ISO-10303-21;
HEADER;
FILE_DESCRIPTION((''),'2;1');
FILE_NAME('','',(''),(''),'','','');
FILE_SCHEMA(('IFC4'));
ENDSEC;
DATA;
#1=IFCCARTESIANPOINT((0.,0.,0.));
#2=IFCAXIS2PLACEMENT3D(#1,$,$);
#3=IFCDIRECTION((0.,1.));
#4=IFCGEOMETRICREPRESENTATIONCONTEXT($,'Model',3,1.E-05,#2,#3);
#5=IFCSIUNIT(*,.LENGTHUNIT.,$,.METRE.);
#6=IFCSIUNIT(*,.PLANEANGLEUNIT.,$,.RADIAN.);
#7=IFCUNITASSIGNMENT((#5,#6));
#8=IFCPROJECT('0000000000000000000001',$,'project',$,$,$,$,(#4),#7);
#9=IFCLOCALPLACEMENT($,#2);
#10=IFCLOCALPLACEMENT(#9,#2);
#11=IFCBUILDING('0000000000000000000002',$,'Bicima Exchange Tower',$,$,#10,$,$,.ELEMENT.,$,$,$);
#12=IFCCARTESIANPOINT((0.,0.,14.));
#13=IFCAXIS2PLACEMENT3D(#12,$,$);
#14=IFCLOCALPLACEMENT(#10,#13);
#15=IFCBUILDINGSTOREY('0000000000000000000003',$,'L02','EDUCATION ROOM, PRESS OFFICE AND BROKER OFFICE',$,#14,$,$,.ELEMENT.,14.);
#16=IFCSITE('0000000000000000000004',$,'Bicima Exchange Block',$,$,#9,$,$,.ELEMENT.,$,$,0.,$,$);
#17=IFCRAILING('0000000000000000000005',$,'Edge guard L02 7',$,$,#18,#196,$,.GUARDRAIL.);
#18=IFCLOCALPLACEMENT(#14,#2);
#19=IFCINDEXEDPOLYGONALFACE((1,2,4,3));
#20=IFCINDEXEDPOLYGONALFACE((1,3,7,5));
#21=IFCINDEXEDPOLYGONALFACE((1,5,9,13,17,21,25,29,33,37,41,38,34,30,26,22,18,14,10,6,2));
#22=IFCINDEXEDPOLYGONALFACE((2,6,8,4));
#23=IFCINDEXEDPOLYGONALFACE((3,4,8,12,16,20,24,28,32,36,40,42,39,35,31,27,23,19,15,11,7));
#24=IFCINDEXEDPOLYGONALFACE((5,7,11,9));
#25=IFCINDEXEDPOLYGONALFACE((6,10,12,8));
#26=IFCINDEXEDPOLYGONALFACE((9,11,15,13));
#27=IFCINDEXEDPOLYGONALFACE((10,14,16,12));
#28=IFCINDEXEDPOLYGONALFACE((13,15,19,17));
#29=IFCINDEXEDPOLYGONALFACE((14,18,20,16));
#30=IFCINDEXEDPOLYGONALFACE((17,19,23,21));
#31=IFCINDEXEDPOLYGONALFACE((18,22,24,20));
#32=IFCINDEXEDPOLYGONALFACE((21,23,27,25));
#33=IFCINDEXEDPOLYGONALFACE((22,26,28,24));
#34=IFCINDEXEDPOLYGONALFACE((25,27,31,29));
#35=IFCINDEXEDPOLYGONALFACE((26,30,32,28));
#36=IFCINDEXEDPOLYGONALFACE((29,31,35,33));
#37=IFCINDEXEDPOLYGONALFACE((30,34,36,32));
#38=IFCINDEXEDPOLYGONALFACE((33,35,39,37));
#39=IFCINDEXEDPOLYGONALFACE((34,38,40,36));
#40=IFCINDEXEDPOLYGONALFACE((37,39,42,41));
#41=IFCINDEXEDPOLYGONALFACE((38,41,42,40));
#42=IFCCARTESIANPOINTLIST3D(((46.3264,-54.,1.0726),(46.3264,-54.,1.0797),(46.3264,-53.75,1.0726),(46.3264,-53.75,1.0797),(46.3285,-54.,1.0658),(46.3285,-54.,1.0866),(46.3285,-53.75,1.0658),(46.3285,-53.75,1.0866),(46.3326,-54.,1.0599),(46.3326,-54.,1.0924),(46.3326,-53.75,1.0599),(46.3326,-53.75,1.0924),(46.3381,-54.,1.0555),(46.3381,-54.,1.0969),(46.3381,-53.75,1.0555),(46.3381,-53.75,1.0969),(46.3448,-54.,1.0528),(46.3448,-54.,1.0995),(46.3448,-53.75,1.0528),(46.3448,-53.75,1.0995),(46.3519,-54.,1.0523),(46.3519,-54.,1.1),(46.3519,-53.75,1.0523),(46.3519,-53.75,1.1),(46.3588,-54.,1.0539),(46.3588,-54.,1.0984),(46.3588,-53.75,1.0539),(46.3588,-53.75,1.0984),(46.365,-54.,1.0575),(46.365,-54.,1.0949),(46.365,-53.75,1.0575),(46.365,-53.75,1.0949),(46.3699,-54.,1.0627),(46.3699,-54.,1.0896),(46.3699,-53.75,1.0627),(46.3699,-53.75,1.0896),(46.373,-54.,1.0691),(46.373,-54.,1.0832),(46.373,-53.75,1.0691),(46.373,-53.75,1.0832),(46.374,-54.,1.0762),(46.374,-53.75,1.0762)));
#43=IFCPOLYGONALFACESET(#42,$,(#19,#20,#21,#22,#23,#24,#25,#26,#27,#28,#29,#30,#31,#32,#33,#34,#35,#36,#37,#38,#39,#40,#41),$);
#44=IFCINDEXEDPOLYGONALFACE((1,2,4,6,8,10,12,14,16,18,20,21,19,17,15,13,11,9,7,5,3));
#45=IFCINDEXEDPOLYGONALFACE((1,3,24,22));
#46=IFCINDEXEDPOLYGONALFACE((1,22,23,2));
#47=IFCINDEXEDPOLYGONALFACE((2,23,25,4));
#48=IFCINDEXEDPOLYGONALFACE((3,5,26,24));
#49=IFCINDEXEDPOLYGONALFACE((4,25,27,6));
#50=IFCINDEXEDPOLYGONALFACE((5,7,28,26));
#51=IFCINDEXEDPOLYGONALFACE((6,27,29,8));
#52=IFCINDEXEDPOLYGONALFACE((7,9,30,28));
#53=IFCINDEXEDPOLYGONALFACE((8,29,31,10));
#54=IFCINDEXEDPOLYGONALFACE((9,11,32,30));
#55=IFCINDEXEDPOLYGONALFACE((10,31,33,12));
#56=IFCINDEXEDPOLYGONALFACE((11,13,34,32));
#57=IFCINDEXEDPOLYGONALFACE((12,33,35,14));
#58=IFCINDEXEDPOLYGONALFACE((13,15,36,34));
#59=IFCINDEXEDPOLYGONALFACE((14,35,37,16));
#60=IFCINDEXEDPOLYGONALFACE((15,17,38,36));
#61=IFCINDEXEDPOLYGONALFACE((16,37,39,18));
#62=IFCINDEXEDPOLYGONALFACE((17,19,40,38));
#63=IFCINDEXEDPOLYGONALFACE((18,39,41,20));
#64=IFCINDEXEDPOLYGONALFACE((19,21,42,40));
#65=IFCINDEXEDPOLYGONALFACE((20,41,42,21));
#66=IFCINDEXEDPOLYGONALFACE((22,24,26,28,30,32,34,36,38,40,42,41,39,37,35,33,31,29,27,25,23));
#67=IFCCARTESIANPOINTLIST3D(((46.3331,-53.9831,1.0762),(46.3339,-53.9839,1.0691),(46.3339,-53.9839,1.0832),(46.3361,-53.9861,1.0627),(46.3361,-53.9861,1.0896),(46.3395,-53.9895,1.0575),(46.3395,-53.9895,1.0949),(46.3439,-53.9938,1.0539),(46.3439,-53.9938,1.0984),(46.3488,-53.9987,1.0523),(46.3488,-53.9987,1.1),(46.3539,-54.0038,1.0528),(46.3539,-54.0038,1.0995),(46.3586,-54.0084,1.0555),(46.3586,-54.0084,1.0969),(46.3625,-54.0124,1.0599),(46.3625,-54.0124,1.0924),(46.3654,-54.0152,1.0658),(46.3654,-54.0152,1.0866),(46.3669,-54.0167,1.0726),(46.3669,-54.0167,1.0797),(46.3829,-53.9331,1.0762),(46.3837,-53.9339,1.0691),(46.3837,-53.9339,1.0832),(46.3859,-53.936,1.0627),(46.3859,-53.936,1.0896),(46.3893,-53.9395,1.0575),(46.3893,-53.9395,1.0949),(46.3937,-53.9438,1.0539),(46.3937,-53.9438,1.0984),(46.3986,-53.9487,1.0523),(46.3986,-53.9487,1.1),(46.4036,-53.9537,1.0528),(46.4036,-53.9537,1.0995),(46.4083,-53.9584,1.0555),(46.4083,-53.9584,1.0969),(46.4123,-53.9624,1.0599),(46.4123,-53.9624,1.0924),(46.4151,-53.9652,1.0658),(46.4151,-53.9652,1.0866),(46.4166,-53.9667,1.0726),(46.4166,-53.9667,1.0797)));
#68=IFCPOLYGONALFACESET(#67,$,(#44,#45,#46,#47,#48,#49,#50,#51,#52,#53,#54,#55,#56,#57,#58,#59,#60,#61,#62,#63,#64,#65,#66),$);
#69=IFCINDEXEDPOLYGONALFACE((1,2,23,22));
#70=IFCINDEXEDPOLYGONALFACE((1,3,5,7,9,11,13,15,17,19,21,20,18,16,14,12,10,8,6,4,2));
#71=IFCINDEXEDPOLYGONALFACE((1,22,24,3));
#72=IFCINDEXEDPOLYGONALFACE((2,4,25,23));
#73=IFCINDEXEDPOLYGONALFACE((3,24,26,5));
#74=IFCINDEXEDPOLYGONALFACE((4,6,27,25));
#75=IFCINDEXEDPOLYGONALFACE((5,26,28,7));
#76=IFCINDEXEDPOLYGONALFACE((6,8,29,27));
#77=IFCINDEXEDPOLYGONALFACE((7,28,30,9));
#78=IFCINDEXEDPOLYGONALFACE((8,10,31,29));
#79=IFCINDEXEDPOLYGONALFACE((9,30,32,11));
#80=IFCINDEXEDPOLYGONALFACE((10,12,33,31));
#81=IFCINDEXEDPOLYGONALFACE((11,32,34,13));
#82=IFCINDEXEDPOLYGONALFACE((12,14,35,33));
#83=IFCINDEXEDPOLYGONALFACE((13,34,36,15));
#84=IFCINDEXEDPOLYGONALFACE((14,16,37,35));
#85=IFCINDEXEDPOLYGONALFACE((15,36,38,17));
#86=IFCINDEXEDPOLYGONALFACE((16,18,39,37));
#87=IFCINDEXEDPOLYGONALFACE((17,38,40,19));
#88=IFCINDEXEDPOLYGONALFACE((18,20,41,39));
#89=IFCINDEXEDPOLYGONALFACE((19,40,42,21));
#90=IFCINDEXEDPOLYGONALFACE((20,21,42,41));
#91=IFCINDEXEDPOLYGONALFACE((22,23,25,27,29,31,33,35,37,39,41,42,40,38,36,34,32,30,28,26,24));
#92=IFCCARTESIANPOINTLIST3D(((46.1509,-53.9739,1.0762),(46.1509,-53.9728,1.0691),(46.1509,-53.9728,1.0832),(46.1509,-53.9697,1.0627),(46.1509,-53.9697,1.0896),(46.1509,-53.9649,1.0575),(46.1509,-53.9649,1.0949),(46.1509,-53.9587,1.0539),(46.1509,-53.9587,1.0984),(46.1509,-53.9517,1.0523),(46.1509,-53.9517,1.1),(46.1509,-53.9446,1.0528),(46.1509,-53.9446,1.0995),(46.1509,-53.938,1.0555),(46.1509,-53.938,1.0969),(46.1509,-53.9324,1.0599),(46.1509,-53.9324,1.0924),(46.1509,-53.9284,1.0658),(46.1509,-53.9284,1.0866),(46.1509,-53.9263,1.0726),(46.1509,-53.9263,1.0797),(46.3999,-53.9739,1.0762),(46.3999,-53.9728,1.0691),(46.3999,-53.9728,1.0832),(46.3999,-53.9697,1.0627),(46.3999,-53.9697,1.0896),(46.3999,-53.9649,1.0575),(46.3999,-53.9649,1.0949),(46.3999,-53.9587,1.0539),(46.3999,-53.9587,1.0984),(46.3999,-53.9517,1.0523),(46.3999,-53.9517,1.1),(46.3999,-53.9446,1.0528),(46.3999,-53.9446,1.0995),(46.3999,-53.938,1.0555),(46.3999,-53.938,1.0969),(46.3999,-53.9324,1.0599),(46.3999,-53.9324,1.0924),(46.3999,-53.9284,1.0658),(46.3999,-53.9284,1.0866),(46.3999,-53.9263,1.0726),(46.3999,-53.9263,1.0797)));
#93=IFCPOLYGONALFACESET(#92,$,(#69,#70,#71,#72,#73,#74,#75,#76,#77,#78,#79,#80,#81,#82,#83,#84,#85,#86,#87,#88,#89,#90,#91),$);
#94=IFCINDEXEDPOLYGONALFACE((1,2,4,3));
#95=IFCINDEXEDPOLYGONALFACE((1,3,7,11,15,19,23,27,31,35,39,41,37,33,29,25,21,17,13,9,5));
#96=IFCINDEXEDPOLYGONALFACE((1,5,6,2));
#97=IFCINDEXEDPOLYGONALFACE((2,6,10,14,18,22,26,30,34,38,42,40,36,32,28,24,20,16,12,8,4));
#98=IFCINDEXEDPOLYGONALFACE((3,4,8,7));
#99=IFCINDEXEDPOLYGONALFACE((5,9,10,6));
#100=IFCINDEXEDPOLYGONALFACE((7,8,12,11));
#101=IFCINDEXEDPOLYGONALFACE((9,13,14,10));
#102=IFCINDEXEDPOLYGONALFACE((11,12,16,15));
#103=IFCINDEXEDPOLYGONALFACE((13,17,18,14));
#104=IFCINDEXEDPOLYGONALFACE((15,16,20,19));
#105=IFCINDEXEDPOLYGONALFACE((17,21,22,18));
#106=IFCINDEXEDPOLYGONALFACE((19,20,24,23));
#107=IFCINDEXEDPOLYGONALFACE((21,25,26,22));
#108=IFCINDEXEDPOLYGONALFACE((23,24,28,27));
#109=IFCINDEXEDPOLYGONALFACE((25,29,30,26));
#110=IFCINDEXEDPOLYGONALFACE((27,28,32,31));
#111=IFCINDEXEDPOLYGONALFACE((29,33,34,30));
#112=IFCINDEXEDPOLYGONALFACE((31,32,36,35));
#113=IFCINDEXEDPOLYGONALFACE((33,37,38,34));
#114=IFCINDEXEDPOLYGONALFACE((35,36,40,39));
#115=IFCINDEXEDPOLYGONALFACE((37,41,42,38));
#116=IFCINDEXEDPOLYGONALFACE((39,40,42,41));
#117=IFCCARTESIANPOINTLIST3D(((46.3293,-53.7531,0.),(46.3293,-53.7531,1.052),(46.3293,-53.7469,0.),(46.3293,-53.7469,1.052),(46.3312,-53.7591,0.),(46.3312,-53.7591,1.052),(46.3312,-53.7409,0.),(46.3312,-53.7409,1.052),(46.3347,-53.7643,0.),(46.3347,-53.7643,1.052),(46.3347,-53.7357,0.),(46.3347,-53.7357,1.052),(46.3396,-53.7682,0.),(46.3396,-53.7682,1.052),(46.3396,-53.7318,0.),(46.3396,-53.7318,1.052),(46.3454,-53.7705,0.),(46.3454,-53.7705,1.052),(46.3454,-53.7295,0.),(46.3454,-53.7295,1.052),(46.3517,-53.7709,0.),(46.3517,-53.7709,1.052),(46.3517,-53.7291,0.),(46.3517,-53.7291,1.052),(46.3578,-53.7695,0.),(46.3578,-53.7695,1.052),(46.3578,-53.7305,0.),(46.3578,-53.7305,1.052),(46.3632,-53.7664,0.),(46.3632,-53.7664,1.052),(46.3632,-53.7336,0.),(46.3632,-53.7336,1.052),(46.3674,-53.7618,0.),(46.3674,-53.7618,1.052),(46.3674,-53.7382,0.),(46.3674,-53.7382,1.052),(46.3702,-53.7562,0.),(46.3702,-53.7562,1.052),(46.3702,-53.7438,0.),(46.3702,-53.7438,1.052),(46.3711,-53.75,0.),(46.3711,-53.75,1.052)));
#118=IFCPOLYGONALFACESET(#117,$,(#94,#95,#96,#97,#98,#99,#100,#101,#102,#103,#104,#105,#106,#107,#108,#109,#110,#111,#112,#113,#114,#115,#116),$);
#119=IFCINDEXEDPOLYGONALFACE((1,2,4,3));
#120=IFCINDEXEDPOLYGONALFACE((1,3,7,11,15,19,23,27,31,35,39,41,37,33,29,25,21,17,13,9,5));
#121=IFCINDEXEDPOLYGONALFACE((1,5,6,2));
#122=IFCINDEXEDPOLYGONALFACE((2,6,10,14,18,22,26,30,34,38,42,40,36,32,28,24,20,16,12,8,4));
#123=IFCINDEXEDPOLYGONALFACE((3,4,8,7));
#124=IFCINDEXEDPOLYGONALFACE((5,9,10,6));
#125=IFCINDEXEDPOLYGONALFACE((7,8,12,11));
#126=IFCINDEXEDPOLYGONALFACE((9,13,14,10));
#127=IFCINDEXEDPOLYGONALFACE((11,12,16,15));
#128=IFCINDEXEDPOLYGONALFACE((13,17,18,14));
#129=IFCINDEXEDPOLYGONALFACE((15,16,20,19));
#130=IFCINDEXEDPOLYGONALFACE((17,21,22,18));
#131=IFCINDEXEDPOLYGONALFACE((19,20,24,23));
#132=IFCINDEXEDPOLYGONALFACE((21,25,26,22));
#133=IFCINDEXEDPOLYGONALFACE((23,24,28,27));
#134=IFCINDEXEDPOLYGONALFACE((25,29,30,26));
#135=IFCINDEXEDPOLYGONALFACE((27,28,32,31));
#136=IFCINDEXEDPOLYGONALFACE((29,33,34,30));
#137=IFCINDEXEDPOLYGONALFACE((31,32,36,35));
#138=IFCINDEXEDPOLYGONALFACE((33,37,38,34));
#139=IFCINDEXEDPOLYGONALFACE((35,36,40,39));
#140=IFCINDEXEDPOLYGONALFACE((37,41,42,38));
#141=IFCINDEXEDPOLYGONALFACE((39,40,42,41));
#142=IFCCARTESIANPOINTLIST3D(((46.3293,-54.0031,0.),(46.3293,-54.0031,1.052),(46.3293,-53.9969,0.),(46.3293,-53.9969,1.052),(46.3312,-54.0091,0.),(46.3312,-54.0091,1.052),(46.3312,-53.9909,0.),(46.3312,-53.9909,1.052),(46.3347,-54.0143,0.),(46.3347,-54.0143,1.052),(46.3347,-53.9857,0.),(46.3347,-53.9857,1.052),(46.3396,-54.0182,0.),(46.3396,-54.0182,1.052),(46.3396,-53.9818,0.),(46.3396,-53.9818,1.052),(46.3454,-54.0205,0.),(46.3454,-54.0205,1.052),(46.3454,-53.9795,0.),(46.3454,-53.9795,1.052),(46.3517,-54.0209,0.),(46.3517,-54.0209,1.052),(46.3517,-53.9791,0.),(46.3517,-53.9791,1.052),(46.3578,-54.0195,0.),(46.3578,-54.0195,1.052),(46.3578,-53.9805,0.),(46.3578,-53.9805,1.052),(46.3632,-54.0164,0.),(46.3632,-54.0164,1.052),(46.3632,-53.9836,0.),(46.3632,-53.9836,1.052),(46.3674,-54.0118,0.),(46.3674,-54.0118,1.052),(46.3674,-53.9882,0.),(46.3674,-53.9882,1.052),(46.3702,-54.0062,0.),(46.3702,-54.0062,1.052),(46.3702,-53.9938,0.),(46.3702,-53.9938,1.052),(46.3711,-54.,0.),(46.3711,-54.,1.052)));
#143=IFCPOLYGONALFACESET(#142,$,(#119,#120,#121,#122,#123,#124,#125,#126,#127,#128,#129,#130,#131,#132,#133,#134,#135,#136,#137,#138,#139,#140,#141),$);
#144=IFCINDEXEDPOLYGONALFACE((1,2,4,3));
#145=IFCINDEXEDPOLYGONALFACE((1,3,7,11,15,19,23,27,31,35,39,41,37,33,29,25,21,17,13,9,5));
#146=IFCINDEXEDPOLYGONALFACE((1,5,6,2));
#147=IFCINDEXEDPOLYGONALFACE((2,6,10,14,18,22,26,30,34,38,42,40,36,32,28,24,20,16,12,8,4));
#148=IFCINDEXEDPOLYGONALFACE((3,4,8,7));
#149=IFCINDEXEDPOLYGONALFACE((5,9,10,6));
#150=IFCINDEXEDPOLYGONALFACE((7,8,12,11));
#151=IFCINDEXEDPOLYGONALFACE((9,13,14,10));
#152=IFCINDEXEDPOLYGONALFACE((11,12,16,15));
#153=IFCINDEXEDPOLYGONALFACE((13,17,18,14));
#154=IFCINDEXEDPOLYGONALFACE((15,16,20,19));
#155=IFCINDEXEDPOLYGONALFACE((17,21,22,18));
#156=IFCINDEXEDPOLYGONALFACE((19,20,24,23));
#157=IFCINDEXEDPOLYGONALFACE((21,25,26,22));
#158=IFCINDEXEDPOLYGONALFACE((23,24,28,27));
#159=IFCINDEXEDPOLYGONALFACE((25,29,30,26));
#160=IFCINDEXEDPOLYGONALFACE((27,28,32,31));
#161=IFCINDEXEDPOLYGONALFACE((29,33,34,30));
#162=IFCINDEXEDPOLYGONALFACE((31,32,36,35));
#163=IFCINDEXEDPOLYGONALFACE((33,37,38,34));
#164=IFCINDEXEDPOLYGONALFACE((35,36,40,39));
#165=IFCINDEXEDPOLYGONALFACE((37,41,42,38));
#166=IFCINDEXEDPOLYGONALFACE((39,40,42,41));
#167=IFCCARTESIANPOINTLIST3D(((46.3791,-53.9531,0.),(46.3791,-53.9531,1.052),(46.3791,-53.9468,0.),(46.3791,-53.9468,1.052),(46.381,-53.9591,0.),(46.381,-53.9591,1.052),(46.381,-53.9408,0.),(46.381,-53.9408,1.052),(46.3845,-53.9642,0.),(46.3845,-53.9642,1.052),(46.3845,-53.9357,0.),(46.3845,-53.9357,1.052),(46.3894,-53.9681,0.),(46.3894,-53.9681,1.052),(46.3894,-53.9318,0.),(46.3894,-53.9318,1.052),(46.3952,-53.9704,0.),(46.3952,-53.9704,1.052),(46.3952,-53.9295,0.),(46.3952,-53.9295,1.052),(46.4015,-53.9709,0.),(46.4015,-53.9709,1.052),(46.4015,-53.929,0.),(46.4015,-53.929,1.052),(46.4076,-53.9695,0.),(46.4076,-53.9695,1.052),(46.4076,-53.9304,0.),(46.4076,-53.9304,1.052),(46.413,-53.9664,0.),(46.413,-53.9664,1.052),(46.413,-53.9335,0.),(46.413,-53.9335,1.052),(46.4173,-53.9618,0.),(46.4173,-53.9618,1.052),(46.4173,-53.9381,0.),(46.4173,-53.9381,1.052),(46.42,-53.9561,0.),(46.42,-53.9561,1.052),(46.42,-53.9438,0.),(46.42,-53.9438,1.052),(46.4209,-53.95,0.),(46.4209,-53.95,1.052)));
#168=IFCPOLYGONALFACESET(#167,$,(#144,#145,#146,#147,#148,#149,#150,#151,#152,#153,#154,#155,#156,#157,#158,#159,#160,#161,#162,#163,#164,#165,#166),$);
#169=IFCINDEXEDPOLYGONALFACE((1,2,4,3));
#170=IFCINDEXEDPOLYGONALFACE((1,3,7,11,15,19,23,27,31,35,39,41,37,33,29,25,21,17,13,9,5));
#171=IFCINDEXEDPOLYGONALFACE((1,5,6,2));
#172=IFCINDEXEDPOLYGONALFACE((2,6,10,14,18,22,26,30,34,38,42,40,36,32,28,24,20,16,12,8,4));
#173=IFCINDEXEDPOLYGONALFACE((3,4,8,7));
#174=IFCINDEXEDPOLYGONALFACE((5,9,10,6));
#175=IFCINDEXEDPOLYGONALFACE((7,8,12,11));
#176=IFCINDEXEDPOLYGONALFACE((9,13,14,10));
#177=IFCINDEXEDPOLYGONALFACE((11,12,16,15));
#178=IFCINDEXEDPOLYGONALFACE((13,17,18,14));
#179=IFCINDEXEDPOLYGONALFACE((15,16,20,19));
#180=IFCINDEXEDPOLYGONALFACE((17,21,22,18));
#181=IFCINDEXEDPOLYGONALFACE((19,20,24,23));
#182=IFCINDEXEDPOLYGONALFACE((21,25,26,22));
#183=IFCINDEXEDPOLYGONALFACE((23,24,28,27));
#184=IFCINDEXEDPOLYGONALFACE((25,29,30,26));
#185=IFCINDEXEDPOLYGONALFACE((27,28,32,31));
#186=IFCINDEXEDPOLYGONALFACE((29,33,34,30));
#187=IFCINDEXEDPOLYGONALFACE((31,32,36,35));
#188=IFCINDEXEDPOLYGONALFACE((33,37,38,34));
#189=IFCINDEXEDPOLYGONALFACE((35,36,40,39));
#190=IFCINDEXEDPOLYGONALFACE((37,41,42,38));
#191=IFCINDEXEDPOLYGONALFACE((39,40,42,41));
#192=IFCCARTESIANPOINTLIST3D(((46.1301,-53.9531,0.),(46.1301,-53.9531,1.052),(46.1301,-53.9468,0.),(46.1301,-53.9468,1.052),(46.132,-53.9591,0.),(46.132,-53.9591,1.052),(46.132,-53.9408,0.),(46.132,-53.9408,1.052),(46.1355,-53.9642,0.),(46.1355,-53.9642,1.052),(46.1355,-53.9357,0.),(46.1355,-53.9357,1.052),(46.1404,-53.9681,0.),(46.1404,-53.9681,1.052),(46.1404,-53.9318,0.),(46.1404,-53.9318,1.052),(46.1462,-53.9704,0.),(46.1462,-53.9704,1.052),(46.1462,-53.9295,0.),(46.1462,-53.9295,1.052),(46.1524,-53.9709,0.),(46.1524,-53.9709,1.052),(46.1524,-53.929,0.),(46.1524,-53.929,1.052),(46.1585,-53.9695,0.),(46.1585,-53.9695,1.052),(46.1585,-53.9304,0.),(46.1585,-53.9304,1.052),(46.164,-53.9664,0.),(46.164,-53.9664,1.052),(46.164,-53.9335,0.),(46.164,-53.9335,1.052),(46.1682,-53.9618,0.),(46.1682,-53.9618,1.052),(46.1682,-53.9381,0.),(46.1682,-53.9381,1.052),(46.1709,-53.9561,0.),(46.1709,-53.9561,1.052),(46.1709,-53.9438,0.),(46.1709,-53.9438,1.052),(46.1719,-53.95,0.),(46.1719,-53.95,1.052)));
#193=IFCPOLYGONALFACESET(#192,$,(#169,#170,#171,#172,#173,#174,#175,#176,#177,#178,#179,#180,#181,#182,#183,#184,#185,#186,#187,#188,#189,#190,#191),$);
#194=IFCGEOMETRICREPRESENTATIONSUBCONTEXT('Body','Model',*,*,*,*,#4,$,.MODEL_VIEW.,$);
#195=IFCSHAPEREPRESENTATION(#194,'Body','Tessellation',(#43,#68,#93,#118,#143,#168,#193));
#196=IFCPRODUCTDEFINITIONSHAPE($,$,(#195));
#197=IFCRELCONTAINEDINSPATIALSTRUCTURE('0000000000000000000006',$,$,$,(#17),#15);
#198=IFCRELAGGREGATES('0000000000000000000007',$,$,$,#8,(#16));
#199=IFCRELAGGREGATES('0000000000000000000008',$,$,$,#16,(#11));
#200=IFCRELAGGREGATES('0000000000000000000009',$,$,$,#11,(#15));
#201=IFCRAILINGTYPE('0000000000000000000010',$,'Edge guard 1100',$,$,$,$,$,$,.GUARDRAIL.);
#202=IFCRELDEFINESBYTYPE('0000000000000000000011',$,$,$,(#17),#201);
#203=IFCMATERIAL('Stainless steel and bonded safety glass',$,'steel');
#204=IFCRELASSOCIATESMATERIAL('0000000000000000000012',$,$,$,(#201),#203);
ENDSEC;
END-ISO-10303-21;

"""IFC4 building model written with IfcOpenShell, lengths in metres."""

from ifc_helpers import new_model, si_unit, direction, frame, origin, origin_2d, place, context, subcontext, project, spatial, circle, extrude, material, type_object, element, save


model = new_model("IFC4")

# Units and contexts
model_context = context("Model", 3, precision=1e-05, world=origin(), true_north=direction((0.0, 1.0)))
body_context = subcontext(model_context, "Body", "Model", "MODEL_VIEW")
ifc_project = project(units=[si_unit("LENGTHUNIT", "METRE"), si_unit("PLANEANGLEUNIT", "RADIAN")], contexts=[model_context])

# Site, building, storey
site_placement = place(None, origin())
site = spatial("IfcSite", under=ifc_project, at=site_placement, Name="Bicima Exchange Block", CompositionType="ELEMENT", RefElevation=0.0)
building_placement = place(site_placement, origin())
building = spatial("IfcBuilding", under=site, at=building_placement, Name="Bicima Exchange Tower", CompositionType="ELEMENT")
storey_placement = place(building_placement, frame((0.0, 0.0, 14.0)))
storey = spatial("IfcBuildingStorey", under=building, at=storey_placement, Name="L02", Description="EDUCATION ROOM, PRESS OFFICE AND BROKER OFFICE", CompositionType="ELEMENT", Elevation=14.0)

# Railing
ifc_material_1 = material(Name="Stainless steel and bonded safety glass", Category="steel")
railing_type = type_object("IfcRailingType", Name="Edge guard 1100", PredefinedType="GUARDRAIL", material=ifc_material_1)
railing_placement = place(storey_placement, frame((46.3501, -53.75, 0.0)))
element("IfcRailing", 1, at=railing_placement, inside=storey, type_object=railing_type, Name="Edge guard L02 7", PredefinedType="GUARDRAIL", context=body_context, shape_type="SweptSolid", body=[
    extrude(circle(Radius=0.0239, at=origin_2d()), frame((0.0, 0.0, 1.0762), z_axis=(0.0, -1.0, 0.0), x_axis=(1.0, 0.0, 0.0)), (0.0, 0.0, 1.0), 0.25),
    extrude(circle(Radius=0.0239, at=origin_2d()), frame((0.0, -0.25, 1.0762), z_axis=(0.705376, 0.708834, 0.0), x_axis=(-0.708834, 0.705376, 0.0)), (0.0, 0.0, 1.0), 0.0706),
    extrude(circle(Radius=0.0239, at=origin_2d()), frame((0.0498, -0.2, 1.0762), z_axis=(-1.0, 0.0, 0.0), x_axis=(0.0, -1.0, 0.0)), (0.0, 0.0, 1.0), 0.249),
    extrude(circle(Radius=0.021, at=origin_2d()), origin(), (0.0, 0.0, 1.0), 1.052),
    extrude(circle(Radius=0.021, at=origin_2d()), frame((0.0, -0.25, 0.0)), (0.0, 0.0, 1.0), 1.052),
    extrude(circle(Radius=0.021, at=origin_2d()), frame((0.0498, -0.2, 0.0)), (0.0, 0.0, 1.0), 1.052),
    extrude(circle(Radius=0.021, at=origin_2d()), frame((-0.1992, -0.2, 0.0)), (0.0, 0.0, 1.0), 1.052),
])

save(model, "model.ifc")
